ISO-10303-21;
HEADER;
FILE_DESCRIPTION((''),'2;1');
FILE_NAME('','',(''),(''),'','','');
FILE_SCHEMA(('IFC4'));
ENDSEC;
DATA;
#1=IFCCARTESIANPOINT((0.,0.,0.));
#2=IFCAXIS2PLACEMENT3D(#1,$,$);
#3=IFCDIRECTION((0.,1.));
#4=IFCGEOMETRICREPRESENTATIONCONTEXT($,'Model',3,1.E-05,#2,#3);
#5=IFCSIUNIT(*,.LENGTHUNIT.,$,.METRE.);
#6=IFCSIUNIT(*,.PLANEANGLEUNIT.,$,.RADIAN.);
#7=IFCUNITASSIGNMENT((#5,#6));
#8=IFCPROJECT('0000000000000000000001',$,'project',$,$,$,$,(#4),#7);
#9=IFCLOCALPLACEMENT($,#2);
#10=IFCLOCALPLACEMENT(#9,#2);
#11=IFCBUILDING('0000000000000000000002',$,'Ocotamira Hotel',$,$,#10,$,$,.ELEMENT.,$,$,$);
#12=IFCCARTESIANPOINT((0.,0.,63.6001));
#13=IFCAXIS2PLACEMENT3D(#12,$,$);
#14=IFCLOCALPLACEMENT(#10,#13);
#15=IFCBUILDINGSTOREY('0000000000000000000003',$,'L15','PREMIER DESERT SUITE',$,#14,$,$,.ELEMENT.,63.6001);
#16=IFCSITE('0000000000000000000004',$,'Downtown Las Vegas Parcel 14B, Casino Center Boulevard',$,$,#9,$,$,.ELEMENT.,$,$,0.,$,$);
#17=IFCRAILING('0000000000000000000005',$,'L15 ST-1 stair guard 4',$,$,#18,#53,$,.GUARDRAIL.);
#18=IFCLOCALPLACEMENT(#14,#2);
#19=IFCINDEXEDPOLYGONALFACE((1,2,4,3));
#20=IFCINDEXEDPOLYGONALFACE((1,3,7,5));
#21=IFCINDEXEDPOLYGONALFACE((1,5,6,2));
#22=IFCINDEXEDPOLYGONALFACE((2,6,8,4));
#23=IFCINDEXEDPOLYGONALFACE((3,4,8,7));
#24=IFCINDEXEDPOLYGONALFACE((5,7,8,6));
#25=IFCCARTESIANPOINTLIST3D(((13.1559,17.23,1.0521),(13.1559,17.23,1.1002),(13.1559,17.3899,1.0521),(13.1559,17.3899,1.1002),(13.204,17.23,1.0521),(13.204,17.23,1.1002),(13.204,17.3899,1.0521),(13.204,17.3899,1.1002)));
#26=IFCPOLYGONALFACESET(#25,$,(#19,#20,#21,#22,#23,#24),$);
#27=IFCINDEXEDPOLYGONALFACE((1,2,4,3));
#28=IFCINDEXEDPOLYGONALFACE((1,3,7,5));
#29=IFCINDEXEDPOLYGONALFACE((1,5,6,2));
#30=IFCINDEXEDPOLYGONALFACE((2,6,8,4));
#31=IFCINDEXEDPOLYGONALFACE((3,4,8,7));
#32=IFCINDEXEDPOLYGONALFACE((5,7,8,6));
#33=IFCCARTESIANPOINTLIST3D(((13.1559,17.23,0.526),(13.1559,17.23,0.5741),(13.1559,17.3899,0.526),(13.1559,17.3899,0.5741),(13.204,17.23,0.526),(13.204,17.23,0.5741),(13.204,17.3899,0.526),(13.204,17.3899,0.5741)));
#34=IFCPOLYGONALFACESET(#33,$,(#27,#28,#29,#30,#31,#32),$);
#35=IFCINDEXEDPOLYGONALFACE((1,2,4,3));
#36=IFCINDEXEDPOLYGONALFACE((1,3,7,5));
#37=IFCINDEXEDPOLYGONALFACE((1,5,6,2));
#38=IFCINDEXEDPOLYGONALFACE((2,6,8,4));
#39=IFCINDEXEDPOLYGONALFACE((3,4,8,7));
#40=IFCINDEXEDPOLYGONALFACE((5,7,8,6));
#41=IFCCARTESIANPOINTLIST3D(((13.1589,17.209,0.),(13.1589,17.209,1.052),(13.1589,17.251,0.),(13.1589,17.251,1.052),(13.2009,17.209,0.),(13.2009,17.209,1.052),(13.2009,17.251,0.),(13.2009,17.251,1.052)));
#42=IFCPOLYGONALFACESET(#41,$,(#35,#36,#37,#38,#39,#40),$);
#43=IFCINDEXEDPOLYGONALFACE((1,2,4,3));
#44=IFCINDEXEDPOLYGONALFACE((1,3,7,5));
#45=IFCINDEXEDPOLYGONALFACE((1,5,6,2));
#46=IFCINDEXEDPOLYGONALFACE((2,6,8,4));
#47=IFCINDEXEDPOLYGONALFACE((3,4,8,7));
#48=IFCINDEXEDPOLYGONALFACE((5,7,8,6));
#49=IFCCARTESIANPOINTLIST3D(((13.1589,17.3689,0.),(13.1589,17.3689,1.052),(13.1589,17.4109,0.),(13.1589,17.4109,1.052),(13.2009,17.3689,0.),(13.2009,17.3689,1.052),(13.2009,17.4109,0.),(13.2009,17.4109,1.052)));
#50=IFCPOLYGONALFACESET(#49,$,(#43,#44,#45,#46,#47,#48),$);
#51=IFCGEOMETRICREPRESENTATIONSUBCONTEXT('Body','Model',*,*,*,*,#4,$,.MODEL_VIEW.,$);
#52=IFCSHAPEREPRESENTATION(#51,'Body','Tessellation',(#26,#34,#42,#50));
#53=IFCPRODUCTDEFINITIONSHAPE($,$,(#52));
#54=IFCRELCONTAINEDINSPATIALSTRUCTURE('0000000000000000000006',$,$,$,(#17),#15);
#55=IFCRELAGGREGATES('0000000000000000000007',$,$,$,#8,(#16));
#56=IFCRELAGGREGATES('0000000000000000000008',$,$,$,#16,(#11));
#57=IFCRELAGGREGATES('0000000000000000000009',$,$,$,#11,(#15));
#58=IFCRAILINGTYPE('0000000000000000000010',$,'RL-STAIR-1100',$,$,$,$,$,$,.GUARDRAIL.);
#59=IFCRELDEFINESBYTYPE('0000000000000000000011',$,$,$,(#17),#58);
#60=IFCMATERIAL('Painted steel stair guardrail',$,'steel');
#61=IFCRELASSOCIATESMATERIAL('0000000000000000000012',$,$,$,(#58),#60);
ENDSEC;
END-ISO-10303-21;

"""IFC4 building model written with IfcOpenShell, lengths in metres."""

from ifc_helpers import new_model, si_unit, direction, frame, origin, origin_2d, place, context, subcontext, project, spatial, rectangle, extrude, material, type_object, element, save


model = new_model("IFC4")

# Units and contexts
model_context = context("Model", 3, precision=1e-05, world=origin(), true_north=direction((0.0, 1.0)))
body_context = subcontext(model_context, "Body", "Model", "MODEL_VIEW")
ifc_project = project(units=[si_unit("LENGTHUNIT", "METRE"), si_unit("PLANEANGLEUNIT", "RADIAN")], contexts=[model_context])

# Site, building, storey
site_placement = place(None, origin())
site = spatial("IfcSite", under=ifc_project, at=site_placement, Name="Downtown Las Vegas Parcel 14B, Casino Center Boulevard", CompositionType="ELEMENT", RefElevation=0.0)
building_placement = place(site_placement, origin())
building = spatial("IfcBuilding", under=site, at=building_placement, Name="Ocotamira Hotel", CompositionType="ELEMENT")
storey_placement = place(building_placement, frame((0.0, 0.0, 63.6001)))
storey = spatial("IfcBuildingStorey", under=building, at=storey_placement, Name="L15", Description="PREMIER DESERT SUITE", CompositionType="ELEMENT", Elevation=63.6001)

# Railing
ifc_material_1 = material(Name="Painted steel stair guardrail", Category="steel")
railing_type_1 = type_object("IfcRailingType", Name="RL-STAIR-1100", PredefinedType="GUARDRAIL", material=ifc_material_1)
railing_1_placement = place(storey_placement, frame((13.1799, 17.23, 0.0)))
element("IfcRailing", 1, at=railing_1_placement, inside=storey, type_object=railing_type_1, Name="L15 ST-1 stair guard 4", PredefinedType="GUARDRAIL", context=body_context, shape_type="SweptSolid", body=[
    extrude(rectangle(XDim=0.0481, YDim=0.0481, at=origin_2d()), frame((0.0, 0.0, 1.0762), z_axis=(0.0, 1.0, 0.0), x_axis=(-1.0, 0.0, 0.0)), (0.0, 0.0, 1.0), 0.1599),
    extrude(rectangle(XDim=0.0481, YDim=0.0481, at=origin_2d()), frame((0.0, 0.0, 0.55), z_axis=(0.0, 1.0, 0.0), x_axis=(-1.0, 0.0, 0.0)), (0.0, 0.0, 1.0), 0.1599),
    extrude(rectangle(XDim=0.042, YDim=0.042, at=origin_2d()), origin(), (0.0, 0.0, 1.0), 1.052),
    extrude(rectangle(XDim=0.042, YDim=0.042, at=origin_2d()), frame((0.0, 0.1599, 0.0)), (0.0, 0.0, 1.0), 1.052),
])

save(model, "model.ifc")
